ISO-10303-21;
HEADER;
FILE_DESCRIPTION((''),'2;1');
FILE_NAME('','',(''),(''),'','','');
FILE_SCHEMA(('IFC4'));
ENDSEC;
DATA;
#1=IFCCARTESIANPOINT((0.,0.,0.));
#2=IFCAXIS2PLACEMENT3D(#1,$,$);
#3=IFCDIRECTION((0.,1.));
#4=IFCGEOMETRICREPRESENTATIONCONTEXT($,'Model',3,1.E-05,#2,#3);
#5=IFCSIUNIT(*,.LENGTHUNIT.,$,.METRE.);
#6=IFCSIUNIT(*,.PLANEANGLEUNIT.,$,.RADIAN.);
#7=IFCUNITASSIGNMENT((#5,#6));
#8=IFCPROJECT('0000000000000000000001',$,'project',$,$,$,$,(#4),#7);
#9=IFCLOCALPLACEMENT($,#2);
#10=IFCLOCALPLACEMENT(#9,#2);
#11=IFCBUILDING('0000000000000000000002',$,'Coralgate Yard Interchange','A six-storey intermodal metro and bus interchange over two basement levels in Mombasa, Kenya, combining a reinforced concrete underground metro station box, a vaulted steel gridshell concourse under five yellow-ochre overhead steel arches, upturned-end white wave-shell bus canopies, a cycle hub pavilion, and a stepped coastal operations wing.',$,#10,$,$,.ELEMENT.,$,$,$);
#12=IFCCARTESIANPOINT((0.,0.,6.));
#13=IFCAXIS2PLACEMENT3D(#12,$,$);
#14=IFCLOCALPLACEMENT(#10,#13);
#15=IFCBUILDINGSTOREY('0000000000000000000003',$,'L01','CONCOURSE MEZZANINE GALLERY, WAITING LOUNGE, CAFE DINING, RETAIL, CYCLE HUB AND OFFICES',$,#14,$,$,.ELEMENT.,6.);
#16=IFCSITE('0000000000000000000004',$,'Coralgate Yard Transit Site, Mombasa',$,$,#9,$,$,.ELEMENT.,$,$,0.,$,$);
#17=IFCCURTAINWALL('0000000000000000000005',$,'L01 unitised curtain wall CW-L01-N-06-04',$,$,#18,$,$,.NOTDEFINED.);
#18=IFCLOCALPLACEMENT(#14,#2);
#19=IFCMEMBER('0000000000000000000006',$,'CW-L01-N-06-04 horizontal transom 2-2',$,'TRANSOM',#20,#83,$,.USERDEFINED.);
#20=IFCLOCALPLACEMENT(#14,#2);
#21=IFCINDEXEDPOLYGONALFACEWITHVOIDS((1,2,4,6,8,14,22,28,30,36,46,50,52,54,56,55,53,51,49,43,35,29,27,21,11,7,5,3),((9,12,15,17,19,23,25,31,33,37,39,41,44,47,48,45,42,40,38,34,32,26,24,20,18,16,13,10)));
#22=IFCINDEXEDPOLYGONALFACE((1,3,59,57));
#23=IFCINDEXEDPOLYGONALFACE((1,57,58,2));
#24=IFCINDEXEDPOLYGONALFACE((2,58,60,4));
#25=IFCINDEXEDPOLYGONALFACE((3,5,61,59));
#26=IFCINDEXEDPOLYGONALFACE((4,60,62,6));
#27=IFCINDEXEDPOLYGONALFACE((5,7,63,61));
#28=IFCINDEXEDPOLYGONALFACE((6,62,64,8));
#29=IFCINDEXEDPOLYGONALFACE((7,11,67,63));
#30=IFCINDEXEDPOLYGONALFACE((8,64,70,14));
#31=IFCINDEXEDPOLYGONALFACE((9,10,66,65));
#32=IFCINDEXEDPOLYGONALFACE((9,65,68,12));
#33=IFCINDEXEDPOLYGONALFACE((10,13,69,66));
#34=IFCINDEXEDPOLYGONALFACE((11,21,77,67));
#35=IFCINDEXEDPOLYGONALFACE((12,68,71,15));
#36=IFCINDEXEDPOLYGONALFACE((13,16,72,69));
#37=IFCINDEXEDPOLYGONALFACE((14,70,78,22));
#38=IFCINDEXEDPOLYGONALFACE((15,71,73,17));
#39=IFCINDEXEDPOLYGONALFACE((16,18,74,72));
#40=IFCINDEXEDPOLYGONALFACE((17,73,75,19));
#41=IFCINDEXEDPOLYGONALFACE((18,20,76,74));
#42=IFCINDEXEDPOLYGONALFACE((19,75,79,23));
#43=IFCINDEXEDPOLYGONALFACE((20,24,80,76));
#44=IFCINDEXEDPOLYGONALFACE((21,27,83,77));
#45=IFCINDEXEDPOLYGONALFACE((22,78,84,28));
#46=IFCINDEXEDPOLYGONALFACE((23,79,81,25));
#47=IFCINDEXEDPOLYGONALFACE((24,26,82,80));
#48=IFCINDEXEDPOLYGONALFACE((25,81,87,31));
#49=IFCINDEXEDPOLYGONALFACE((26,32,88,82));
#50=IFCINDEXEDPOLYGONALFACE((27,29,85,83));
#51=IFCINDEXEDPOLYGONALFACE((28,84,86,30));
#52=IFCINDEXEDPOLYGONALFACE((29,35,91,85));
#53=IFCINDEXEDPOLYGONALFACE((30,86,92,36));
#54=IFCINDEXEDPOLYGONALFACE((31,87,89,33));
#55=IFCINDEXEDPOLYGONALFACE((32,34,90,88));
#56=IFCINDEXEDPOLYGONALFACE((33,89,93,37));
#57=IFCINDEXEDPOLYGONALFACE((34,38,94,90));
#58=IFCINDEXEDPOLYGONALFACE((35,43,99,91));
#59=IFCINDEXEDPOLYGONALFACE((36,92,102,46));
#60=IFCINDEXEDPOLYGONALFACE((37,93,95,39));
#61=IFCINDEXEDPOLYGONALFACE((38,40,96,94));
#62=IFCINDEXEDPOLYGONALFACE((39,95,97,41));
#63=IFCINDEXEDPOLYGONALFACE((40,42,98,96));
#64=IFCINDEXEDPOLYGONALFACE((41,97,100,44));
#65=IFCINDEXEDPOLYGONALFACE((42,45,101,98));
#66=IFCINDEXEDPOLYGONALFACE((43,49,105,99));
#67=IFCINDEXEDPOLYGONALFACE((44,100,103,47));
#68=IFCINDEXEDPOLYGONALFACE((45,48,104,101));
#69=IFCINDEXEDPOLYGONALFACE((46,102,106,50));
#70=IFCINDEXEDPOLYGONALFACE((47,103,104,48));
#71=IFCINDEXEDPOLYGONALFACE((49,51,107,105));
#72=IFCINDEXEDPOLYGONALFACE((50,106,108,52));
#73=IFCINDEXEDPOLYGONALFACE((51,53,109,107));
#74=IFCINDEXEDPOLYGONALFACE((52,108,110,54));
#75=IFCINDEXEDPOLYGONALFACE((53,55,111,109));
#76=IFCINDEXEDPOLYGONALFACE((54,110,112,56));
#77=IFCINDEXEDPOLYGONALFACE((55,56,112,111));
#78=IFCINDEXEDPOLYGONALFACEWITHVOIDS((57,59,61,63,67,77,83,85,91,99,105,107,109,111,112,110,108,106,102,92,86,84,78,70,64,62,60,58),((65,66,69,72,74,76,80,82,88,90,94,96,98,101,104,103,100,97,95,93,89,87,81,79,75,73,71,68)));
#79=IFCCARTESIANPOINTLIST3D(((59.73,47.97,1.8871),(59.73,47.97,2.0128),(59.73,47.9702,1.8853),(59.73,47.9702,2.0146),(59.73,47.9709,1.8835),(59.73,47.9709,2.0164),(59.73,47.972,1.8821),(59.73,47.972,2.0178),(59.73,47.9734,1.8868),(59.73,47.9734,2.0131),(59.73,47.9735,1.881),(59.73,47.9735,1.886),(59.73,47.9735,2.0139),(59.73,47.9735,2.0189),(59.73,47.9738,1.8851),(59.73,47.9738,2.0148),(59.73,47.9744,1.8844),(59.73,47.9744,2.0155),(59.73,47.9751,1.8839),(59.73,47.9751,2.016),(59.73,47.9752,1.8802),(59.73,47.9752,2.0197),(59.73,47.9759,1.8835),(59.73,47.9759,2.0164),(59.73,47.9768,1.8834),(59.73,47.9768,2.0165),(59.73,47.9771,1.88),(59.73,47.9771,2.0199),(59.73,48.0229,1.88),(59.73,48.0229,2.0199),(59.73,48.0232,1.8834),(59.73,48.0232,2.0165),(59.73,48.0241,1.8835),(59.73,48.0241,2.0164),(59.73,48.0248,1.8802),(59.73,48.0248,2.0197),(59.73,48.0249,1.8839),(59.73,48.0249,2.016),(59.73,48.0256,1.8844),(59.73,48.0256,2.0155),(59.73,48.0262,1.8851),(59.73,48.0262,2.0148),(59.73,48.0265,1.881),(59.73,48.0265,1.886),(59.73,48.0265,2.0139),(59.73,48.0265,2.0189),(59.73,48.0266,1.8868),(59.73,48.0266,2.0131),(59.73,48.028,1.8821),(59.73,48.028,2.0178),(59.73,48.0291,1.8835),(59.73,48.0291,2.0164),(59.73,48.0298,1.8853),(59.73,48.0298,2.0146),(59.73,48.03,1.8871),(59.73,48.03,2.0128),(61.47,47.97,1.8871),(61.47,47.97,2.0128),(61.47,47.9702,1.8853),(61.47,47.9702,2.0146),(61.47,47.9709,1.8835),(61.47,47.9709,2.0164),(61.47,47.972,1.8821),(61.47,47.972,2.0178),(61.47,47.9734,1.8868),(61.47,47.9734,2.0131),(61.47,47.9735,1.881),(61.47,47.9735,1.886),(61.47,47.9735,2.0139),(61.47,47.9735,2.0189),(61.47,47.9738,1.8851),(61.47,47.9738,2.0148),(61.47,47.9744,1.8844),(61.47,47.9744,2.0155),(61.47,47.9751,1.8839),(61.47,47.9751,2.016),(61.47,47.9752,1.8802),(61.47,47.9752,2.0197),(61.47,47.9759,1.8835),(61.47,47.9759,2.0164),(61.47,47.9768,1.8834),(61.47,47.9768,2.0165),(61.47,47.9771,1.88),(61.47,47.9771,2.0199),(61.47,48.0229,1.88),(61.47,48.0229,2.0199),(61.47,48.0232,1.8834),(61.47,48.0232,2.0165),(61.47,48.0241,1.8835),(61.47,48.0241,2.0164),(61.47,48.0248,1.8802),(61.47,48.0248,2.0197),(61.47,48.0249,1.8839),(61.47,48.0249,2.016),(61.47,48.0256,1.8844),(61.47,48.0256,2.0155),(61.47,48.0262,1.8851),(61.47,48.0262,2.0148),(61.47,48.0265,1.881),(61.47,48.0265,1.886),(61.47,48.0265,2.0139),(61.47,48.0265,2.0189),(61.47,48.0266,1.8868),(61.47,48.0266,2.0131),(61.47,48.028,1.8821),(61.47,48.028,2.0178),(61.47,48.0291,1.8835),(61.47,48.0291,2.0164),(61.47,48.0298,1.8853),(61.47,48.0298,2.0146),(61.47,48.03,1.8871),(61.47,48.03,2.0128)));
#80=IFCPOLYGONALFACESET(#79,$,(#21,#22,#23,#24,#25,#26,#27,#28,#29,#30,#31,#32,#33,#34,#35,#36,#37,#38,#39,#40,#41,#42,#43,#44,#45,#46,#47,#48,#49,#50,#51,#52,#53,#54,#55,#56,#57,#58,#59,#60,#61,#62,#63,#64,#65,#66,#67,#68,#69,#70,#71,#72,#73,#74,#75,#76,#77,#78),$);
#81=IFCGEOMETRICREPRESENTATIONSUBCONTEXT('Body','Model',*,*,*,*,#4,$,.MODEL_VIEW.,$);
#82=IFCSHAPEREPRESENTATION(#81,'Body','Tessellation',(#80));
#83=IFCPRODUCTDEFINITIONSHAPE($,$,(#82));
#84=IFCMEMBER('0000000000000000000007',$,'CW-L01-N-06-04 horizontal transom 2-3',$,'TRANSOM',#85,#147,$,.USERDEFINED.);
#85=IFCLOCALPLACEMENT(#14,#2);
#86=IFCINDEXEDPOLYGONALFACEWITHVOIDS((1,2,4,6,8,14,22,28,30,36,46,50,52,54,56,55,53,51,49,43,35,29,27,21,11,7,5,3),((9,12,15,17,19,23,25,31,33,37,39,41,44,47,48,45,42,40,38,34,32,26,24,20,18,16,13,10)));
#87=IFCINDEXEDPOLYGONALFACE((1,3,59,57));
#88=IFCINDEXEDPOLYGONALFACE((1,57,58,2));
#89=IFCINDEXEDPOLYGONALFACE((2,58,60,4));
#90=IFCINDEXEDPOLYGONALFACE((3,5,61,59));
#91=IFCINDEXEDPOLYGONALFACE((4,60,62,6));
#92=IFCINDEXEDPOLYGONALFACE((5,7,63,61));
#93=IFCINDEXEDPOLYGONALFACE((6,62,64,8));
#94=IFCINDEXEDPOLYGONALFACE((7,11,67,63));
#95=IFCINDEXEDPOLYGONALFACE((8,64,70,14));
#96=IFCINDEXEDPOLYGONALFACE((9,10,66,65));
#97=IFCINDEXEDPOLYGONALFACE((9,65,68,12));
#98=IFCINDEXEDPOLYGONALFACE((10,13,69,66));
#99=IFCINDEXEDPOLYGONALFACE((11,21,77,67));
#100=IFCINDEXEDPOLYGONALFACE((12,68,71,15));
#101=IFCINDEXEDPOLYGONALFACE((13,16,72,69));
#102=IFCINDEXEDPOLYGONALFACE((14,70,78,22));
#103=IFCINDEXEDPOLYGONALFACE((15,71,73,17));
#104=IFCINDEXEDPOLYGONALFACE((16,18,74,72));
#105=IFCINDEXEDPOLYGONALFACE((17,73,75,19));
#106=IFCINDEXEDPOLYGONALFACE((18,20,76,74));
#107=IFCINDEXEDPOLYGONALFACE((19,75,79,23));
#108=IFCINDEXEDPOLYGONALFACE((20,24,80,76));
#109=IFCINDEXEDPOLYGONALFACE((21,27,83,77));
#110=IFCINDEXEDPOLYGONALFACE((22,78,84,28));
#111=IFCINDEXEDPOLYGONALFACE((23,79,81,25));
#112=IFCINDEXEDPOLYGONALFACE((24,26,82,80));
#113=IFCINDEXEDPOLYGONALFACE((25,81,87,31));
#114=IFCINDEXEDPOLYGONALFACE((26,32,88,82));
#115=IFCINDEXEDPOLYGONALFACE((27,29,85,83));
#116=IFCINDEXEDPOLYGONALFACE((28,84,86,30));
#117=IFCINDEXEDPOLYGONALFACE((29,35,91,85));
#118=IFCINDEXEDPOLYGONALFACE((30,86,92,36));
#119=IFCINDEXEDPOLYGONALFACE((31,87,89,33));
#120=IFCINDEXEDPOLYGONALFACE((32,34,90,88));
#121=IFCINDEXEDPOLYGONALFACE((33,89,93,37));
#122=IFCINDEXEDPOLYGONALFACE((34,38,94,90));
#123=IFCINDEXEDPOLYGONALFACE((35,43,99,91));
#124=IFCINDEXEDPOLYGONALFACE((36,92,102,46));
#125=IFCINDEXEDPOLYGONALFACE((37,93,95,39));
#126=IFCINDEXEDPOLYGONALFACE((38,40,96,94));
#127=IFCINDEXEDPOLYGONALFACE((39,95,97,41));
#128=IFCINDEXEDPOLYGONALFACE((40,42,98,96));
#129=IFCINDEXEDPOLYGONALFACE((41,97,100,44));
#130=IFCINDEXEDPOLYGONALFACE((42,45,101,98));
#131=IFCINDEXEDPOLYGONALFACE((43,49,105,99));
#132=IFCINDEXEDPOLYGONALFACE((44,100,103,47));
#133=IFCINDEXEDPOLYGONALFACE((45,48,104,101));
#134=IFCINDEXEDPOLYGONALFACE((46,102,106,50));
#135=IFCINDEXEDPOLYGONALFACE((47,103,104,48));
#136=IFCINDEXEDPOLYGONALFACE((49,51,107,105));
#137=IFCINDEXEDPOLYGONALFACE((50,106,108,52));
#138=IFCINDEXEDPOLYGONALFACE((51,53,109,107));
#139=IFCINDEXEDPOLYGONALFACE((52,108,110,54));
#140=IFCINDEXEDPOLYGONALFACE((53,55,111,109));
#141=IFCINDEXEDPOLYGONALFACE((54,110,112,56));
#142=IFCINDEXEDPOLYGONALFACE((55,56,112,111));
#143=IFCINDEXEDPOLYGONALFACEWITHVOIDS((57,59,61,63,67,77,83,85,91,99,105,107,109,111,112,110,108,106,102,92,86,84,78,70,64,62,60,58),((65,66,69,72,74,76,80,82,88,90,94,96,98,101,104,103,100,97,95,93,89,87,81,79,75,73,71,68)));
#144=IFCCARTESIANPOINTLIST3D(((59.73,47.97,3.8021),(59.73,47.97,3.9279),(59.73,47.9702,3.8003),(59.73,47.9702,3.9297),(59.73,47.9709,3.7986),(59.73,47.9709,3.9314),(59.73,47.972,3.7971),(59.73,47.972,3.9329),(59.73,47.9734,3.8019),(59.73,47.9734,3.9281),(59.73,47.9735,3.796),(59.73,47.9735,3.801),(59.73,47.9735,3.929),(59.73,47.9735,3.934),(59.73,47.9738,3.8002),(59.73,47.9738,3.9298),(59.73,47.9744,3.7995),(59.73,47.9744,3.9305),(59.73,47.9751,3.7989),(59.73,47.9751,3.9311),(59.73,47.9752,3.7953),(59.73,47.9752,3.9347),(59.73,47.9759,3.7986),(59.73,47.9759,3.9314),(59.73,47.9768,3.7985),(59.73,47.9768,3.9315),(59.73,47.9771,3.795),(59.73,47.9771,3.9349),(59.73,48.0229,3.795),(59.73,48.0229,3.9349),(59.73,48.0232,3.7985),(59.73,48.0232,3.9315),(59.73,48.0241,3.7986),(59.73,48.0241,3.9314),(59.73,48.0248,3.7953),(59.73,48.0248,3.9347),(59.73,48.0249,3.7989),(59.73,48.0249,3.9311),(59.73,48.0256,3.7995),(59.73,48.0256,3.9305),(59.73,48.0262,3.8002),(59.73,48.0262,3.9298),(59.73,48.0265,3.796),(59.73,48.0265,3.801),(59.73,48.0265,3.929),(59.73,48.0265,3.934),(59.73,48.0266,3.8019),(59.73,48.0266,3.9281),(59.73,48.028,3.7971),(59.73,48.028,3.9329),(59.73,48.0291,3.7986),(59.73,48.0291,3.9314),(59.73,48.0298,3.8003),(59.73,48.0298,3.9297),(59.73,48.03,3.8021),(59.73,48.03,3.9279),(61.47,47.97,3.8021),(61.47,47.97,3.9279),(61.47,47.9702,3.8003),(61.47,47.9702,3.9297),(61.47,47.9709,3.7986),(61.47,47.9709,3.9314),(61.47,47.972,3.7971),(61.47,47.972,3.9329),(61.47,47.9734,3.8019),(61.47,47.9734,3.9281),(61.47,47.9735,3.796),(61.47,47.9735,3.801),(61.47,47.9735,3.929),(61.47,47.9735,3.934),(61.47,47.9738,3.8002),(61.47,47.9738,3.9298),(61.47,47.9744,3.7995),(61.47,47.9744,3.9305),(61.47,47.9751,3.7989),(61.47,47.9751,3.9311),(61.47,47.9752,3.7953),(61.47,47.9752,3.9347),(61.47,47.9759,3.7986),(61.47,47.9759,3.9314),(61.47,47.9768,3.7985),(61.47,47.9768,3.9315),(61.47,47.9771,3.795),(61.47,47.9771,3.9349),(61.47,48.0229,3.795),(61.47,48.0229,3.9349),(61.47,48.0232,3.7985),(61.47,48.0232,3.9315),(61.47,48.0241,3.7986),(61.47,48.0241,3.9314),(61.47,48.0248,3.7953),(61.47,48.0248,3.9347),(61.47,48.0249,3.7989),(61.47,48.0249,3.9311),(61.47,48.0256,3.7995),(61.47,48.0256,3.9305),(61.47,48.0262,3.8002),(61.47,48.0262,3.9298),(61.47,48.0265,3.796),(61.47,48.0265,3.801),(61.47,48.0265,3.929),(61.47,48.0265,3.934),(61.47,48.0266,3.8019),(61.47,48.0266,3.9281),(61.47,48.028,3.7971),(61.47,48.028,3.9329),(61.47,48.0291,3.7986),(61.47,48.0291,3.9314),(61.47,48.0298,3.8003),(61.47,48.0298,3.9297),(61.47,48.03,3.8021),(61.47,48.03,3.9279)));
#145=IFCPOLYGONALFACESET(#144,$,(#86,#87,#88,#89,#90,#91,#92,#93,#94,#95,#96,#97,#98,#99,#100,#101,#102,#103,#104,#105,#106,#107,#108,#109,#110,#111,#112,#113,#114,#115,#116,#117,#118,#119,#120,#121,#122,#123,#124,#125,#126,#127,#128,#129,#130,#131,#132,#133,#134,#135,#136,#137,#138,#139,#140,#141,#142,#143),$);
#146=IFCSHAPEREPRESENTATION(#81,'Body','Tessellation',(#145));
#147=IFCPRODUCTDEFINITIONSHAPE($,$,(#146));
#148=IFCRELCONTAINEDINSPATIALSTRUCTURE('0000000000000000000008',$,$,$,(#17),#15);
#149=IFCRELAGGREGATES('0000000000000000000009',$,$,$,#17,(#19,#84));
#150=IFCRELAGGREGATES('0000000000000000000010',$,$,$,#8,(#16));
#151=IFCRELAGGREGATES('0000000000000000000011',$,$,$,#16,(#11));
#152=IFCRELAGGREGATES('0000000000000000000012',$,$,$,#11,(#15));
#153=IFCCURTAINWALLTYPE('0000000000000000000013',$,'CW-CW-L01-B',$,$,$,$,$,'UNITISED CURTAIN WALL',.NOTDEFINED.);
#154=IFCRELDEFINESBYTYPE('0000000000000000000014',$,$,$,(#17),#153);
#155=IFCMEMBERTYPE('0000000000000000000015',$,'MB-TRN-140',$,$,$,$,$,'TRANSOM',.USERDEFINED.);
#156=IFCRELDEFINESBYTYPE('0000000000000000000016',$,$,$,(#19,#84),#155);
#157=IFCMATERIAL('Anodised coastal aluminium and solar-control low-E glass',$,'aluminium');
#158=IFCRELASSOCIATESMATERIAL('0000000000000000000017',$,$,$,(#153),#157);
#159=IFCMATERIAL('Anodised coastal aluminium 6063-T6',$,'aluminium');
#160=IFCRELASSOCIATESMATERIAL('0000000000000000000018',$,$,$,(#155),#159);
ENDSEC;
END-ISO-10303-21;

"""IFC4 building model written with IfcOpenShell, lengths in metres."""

from ifc_helpers import new_model, si_unit, direction, frame, origin, origin_2d, place, context, subcontext, project, spatial, hollow_rectangle, extrude, material, material_profile, profile_set, type_object, element, aggregate, save


model = new_model("IFC4")

# Units and contexts
model_context = context("Model", 3, precision=1e-05, world=origin(), true_north=direction((0.0, 1.0)))
body_context = subcontext(model_context, "Body", "Model", "MODEL_VIEW")
ifc_project = project(units=[si_unit("LENGTHUNIT", "METRE"), si_unit("PLANEANGLEUNIT", "RADIAN")], contexts=[model_context])

# Site, building, storey
site_placement = place(None, origin())
site = spatial("IfcSite", under=ifc_project, at=site_placement, Name="Coralgate Yard Transit Site, Mombasa", CompositionType="ELEMENT", RefElevation=0.0)
building_placement = place(site_placement, origin())
building = spatial("IfcBuilding", under=site, at=building_placement, Name="Coralgate Yard Interchange", Description="A six-storey intermodal metro and bus interchange over two basement levels in Mombasa, Kenya, combining a reinforced concrete underground metro station box, a vaulted steel gridshell concourse under five yellow-ochre overhead steel arches, upturned-end white wave-shell bus canopies, a cycle hub pavilion, and a stepped coastal operations wing.", CompositionType="ELEMENT")
storey_placement = place(building_placement, frame((0.0, 0.0, 6.0)))
storey = spatial("IfcBuildingStorey", under=building, at=storey_placement, Name="L01", Description="CONCOURSE MEZZANINE GALLERY, WAITING LOUNGE, CAFE DINING, RETAIL, CYCLE HUB AND OFFICES", CompositionType="ELEMENT", Elevation=6.0)

# Shared definitions
ifc_material_1 = material(Name="Anodised coastal aluminium and solar-control low-E glass", Category="aluminium")
curtain_wall_type = type_object("IfcCurtainWallType", Name="CW-CW-L01-B", ElementType="UNITISED CURTAIN WALL", PredefinedType="NOTDEFINED", material=ifc_material_1)
ifc_material_2 = material(Name="Anodised coastal aluminium 6063-T6", Category="aluminium")

# Curtain wall, members
curtain_wall_1_placement = place(storey_placement, origin())
curtain_wall_1 = element("IfcCurtainWall", 1, at=curtain_wall_1_placement, inside=storey, type_object=curtain_wall_type, Name="L01 unitised curtain wall CW-L01-N-06-04", PredefinedType="NOTDEFINED")
ifc_material_profile_1 = material_profile(ifc_material_2, hollow_rectangle(XDim=0.0601, YDim=0.1399, WallThickness=0.0034, InnerFilletRadius=0.0034, OuterFilletRadius=0.0071, at=origin_2d()), Name="ALU 60x140x3.5")
ifc_profile_set_1 = profile_set([ifc_material_profile_1], Name="Anodised coastal aluminium 6063-T6")
member_type_1 = type_object("IfcMemberType", Name="MB-TRN-140", ElementType="TRANSOM", PredefinedType="USERDEFINED", material=ifc_profile_set_1)
member_1_placement = place(storey_placement, frame((59.73, 48.0, 1.95), z_axis=(1.0, 0.0, 0.0), x_axis=(0.0, 1.0, 0.0)))
member_1 = element("IfcMember", 2, at=member_1_placement, type_object=member_type_1, Name="CW-L01-N-06-04 horizontal transom 2-2", ObjectType="TRANSOM", PredefinedType="USERDEFINED", context=body_context, shape_type="SweptSolid", body=[
    extrude(hollow_rectangle(XDim=0.0601, YDim=0.1399, WallThickness=0.0034, InnerFilletRadius=0.0034, OuterFilletRadius=0.0071, at=origin_2d()), origin(), (0.0, 0.0, 1.0), 1.74),
])
member_2_placement = place(storey_placement, frame((59.73, 48.0, 3.865), z_axis=(1.0, 0.0, 0.0), x_axis=(0.0, 1.0, 0.0)))
member_2 = element("IfcMember", 3, at=member_2_placement, type_object=member_type_1, Name="CW-L01-N-06-04 horizontal transom 2-3", ObjectType="TRANSOM", PredefinedType="USERDEFINED", context=body_context, shape_type="SweptSolid", body=[
    extrude(hollow_rectangle(XDim=0.0601, YDim=0.1399, WallThickness=0.0034, InnerFilletRadius=0.0034, OuterFilletRadius=0.0071, at=origin_2d()), origin(), (0.0, 0.0, 1.0), 1.74),
])
aggregate(curtain_wall_1, [member_1, member_2])

save(model, "model.ifc")
